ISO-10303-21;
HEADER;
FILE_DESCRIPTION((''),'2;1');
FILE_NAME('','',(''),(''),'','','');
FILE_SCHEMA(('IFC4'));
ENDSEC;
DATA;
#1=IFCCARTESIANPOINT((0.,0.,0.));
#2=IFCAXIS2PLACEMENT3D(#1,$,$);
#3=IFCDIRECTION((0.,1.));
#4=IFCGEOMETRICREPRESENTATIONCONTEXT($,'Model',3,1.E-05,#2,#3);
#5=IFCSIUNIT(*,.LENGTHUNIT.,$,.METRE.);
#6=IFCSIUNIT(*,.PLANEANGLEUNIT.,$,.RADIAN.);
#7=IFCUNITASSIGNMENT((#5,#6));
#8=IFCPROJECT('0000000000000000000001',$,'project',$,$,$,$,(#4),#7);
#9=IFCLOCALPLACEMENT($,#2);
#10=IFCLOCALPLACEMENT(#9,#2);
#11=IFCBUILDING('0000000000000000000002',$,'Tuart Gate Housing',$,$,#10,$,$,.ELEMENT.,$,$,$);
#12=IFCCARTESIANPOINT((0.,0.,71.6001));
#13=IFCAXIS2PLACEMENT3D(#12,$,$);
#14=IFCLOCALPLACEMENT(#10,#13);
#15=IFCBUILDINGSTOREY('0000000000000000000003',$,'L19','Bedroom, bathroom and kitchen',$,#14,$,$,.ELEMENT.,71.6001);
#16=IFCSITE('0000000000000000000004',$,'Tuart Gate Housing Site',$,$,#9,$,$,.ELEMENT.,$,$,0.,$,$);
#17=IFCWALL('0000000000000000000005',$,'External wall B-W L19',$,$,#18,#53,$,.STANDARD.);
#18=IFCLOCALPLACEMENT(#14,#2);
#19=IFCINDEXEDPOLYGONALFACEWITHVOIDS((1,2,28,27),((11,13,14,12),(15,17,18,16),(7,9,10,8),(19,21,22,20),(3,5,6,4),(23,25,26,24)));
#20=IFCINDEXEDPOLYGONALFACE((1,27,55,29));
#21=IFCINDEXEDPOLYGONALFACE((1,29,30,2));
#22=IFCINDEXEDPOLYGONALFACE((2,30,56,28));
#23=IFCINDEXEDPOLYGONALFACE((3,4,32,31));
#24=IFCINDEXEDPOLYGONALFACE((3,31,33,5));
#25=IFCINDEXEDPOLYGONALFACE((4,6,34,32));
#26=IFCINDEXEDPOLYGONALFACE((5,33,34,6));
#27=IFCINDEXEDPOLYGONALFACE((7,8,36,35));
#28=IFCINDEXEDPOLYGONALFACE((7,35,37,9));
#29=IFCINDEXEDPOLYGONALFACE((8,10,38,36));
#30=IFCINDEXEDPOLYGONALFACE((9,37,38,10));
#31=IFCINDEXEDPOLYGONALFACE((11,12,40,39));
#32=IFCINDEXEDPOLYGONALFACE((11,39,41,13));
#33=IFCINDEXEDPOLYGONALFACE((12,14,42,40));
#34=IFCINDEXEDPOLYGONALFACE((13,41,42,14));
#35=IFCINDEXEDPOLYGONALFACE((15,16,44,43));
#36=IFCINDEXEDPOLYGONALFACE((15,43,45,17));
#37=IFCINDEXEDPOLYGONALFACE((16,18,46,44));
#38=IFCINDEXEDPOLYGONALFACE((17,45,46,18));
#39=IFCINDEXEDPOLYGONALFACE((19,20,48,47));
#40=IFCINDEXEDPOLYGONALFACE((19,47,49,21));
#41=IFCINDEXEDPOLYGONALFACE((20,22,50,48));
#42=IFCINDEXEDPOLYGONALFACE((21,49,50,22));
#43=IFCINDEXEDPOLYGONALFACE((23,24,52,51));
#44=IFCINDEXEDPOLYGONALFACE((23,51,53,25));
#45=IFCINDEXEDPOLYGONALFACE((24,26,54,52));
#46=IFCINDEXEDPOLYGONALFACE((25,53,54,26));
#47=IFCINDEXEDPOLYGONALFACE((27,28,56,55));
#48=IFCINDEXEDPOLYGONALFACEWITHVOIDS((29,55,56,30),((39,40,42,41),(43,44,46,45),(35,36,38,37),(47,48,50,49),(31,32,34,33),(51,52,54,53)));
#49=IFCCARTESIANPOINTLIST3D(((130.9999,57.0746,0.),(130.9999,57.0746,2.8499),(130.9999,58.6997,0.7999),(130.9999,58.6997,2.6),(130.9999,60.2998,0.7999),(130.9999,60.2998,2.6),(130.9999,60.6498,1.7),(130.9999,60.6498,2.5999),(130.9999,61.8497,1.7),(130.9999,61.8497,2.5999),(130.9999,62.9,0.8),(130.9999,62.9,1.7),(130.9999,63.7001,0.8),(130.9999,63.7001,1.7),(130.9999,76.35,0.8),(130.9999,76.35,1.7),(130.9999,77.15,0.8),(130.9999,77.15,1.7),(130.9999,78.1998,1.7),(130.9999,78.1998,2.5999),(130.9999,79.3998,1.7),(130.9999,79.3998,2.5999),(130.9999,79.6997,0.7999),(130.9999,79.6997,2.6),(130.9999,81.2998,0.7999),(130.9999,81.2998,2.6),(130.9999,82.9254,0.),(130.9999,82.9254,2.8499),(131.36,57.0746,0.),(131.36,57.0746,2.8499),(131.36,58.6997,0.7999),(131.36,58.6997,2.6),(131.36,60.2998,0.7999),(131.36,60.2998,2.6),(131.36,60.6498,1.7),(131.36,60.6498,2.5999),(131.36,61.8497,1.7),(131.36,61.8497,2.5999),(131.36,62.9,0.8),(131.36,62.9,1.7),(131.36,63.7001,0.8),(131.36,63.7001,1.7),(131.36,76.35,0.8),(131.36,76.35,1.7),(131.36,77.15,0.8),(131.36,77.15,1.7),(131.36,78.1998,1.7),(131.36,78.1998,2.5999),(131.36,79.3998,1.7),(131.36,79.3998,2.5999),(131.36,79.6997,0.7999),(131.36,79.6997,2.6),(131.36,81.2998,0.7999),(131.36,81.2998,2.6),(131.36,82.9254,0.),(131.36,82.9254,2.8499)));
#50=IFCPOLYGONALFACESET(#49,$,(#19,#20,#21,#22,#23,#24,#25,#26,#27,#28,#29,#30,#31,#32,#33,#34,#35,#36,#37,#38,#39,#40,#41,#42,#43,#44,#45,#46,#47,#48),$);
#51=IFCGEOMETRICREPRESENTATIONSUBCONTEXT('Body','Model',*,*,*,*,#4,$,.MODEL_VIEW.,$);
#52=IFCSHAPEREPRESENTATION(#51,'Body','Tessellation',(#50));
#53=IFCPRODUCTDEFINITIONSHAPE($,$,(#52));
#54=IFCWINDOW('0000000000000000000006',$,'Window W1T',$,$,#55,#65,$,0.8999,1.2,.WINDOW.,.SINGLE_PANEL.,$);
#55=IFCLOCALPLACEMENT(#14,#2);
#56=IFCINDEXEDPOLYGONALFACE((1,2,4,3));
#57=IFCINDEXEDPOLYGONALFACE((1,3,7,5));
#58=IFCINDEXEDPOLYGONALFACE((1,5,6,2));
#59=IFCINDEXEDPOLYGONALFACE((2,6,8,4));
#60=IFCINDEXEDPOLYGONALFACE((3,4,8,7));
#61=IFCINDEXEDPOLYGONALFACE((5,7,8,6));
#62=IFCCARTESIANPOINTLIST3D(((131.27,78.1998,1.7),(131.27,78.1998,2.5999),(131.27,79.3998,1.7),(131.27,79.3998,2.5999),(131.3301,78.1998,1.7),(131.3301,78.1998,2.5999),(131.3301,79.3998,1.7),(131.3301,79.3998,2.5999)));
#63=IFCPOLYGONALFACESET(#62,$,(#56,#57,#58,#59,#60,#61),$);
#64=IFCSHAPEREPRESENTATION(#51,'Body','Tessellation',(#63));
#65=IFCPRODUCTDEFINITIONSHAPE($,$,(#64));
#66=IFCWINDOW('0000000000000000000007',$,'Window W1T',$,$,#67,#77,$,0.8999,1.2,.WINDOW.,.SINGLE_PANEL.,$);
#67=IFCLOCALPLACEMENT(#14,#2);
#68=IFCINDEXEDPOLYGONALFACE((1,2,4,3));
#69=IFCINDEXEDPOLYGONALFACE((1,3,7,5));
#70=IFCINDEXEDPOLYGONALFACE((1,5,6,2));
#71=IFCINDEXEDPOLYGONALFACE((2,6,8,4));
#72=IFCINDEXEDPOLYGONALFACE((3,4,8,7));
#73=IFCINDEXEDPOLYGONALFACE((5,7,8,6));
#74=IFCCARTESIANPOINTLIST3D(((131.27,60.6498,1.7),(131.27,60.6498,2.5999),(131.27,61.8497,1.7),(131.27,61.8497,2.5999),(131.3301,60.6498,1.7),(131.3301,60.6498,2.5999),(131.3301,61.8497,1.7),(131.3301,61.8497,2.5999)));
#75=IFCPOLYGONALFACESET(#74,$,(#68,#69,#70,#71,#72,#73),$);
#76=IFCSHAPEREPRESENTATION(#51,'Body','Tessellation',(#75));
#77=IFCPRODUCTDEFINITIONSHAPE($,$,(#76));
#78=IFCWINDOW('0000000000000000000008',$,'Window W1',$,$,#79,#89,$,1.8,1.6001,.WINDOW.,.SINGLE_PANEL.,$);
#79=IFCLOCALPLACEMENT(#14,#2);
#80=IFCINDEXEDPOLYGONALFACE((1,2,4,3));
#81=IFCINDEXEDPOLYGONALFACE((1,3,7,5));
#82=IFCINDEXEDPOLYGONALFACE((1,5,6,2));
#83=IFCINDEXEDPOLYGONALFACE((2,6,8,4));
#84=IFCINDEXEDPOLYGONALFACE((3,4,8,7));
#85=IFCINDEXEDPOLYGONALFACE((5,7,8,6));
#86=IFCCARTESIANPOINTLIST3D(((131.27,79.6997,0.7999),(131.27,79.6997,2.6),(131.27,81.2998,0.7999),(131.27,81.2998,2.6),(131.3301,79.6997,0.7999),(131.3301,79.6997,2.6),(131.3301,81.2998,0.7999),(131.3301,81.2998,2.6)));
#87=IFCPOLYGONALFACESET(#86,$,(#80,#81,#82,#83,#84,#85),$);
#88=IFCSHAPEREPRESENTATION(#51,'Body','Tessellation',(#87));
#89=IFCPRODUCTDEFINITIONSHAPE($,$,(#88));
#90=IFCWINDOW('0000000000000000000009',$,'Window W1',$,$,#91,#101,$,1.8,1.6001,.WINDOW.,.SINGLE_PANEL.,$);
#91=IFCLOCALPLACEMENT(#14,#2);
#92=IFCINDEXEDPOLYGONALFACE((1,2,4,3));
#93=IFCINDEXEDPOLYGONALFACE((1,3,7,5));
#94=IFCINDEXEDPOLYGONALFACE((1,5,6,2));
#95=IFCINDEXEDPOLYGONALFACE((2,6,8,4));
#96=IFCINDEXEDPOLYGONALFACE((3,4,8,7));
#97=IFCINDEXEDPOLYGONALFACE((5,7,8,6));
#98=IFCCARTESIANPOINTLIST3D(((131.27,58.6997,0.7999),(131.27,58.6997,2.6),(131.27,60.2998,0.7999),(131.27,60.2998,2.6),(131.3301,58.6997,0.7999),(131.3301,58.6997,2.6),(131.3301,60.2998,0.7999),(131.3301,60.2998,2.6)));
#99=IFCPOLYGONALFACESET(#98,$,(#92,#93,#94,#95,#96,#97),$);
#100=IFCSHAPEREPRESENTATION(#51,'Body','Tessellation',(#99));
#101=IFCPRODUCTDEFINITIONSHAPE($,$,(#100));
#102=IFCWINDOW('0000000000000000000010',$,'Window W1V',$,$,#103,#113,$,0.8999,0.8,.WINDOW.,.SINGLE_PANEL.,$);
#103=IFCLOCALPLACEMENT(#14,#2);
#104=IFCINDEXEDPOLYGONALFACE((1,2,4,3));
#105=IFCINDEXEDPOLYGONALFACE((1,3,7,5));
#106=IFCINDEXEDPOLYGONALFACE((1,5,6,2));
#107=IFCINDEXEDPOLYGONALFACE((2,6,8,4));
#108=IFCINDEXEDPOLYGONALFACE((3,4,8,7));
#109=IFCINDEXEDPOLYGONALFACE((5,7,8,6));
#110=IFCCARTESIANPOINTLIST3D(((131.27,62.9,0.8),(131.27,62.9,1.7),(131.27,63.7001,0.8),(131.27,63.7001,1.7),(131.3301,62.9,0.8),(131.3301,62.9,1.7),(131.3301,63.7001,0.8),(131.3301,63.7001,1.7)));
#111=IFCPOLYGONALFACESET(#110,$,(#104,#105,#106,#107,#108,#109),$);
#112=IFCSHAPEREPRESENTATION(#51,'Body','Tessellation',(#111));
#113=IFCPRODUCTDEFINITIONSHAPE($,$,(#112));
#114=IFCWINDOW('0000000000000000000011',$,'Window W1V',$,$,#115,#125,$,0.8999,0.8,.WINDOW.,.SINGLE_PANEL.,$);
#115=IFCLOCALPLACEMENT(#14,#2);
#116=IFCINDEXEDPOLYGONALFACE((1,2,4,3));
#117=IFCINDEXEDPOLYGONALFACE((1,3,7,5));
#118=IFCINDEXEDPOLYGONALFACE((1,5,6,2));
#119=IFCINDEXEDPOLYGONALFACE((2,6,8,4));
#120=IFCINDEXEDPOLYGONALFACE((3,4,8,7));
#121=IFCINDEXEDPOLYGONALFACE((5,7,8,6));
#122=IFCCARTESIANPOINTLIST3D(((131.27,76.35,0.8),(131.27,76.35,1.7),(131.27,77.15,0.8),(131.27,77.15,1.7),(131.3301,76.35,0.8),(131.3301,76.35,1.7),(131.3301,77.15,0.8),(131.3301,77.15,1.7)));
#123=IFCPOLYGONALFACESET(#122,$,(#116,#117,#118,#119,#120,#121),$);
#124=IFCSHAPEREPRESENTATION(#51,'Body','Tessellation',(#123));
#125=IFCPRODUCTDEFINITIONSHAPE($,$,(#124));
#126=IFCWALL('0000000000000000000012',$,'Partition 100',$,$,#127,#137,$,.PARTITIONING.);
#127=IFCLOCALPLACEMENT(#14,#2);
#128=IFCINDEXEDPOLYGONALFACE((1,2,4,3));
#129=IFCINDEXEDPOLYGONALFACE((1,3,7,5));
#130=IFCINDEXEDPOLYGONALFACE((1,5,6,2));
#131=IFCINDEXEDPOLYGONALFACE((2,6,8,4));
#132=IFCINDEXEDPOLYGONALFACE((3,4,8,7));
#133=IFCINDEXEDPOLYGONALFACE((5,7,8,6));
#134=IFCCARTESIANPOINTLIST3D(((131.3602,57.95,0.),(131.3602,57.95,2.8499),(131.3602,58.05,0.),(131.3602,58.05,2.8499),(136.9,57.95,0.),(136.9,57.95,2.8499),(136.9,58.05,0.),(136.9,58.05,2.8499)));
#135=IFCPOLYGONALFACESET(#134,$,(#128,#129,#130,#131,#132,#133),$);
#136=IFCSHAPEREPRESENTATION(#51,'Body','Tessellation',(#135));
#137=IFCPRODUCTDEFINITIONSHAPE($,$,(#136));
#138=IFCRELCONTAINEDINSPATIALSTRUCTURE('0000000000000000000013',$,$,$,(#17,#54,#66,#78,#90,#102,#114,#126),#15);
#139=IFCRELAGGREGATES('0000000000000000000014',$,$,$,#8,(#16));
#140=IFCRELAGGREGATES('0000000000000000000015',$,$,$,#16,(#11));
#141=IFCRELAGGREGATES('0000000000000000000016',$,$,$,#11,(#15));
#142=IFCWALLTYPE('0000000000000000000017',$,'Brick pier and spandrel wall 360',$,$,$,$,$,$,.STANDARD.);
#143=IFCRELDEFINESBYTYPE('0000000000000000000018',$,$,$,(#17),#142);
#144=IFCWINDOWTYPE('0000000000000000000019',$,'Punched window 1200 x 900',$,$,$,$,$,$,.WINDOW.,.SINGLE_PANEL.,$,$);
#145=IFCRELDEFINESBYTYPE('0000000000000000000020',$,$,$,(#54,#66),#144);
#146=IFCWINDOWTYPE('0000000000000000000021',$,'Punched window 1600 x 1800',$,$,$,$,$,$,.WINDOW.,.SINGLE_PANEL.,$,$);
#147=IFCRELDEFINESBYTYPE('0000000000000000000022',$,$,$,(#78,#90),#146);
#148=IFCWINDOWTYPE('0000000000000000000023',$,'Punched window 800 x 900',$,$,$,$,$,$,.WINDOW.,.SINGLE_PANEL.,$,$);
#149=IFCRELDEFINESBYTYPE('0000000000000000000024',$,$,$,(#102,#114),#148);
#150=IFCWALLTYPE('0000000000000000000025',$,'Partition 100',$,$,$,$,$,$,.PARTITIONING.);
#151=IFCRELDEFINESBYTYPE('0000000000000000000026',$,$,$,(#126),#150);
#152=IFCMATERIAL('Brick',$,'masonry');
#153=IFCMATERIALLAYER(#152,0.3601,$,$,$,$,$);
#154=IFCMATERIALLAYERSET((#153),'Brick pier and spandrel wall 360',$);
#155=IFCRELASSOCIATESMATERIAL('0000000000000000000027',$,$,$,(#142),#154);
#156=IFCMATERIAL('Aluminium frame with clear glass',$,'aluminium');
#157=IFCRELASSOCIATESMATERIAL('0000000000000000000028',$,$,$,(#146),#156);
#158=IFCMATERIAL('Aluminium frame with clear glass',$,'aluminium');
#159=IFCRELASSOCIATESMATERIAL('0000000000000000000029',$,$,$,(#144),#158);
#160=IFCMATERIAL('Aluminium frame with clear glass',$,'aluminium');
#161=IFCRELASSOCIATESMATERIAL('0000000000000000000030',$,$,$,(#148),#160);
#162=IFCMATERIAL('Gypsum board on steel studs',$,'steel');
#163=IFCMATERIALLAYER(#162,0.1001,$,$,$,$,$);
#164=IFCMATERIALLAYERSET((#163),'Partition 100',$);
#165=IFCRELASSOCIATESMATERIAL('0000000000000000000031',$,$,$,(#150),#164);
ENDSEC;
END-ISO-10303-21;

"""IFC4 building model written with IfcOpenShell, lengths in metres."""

from ifc_helpers import new_model, si_unit, direction, frame, frame_2d, origin, place, context, subcontext, project, spatial, rectangle, extrude, material, layer, layer_set, type_object, element, fill, save


model = new_model("IFC4")

# Units and contexts
model_context = context("Model", 3, precision=1e-05, world=origin(), true_north=direction((0.0, 1.0)))
body_context = subcontext(model_context, "Body", "Model", "MODEL_VIEW")
ifc_project = project(units=[si_unit("LENGTHUNIT", "METRE"), si_unit("PLANEANGLEUNIT", "RADIAN")], contexts=[model_context])

# Site, building, storey
site_placement = place(None, origin())
site = spatial("IfcSite", under=ifc_project, at=site_placement, Name="Tuart Gate Housing Site", CompositionType="ELEMENT", RefElevation=0.0)
building_placement = place(site_placement, origin())
building = spatial("IfcBuilding", under=site, at=building_placement, Name="Tuart Gate Housing", CompositionType="ELEMENT")
storey_placement = place(building_placement, frame((0.0, 0.0, 71.6001)))
storey = spatial("IfcBuildingStorey", under=building, at=storey_placement, Name="L19", Description="Bedroom, bathroom and kitchen", CompositionType="ELEMENT", Elevation=71.6001)

# Shared definitions
ifc_material_1 = material(Name="Brick", Category="masonry")
ifc_layer_1 = layer(ifc_material_1, 0.3601)
ifc_layer_set_1 = layer_set([ifc_layer_1], Name="Brick pier and spandrel wall 360")
wall_type_1 = type_object("IfcWallType", Name="Brick pier and spandrel wall 360", PredefinedType="STANDARD", material=ifc_layer_set_1)
ifc_material_2 = material(Name="Aluminium frame with clear glass", Category="aluminium")
window_type_1 = type_object("IfcWindowType", Name="Punched window 1600 x 1800", PartitioningType="SINGLE_PANEL", PredefinedType="WINDOW", material=ifc_material_2)

# Wall, openings, windows
wall_1_placement = place(storey_placement, frame((131.1799, 82.9253, 0.0), z_axis=(0.0, 0.0, 1.0), x_axis=(0.0, -1.0, 0.0)))
wall_1 = element("IfcWall", 1, at=wall_1_placement, inside=storey, type_object=wall_type_1, Name="External wall B-W L19", PredefinedType="STANDARD", context=body_context, shape_type="SweptSolid", body=[
    extrude(rectangle(XDim=25.8508, YDim=0.3601, at=frame_2d((12.9253, 0.0))), origin(), (0.0, 0.0, 1.0), 2.8499),
])
opening_1_placement = place(wall_1_placement, frame((1.6255, 0.0, 0.8)))
opening_1 = element("IfcOpeningElement", 2, at=opening_1_placement, cuts=wall_1, PredefinedType="OPENING", context=body_context, shape_type="SweptSolid", body=[
    extrude(rectangle(XDim=1.6001, YDim=1.8, at=frame_2d((0.8, 0.8999))), frame((0.0, 0.1899, 0.0), z_axis=(0.0, -1.0, 0.0), x_axis=(1.0, 0.0, 0.0)), (0.0, 0.0, 1.0), 0.3801),
])
opening_2_placement = place(wall_1_placement, frame((3.5254, 0.0, 1.7)))
opening_2 = element("IfcOpeningElement", 3, at=opening_2_placement, cuts=wall_1, PredefinedType="OPENING", context=body_context, shape_type="SweptSolid", body=[
    extrude(rectangle(XDim=1.2, YDim=0.8999, at=frame_2d((0.6001, 0.45))), frame((0.0, 0.1899, 0.0), z_axis=(0.0, -1.0, 0.0), x_axis=(1.0, 0.0, 0.0)), (0.0, 0.0, 1.0), 0.3801),
])
opening_3_placement = place(wall_1_placement, frame((19.2253, 0.0, 0.8)))
opening_3 = element("IfcOpeningElement", 4, at=opening_3_placement, cuts=wall_1, PredefinedType="OPENING", context=body_context, shape_type="SweptSolid", body=[
    extrude(rectangle(XDim=0.8, YDim=0.8999, at=frame_2d((0.3999, 0.45))), frame((0.0, 0.1899, 0.0), z_axis=(0.0, -1.0, 0.0), x_axis=(1.0, 0.0, 0.0)), (0.0, 0.0, 1.0), 0.3801),
])
opening_4_placement = place(wall_1_placement, frame((22.6255, 0.0, 0.8)))
opening_4 = element("IfcOpeningElement", 5, at=opening_4_placement, cuts=wall_1, PredefinedType="OPENING", context=body_context, shape_type="SweptSolid", body=[
    extrude(rectangle(XDim=1.6001, YDim=1.8, at=frame_2d((0.8, 0.8999))), frame((0.0, 0.1899, 0.0), z_axis=(0.0, -1.0, 0.0), x_axis=(1.0, 0.0, 0.0)), (0.0, 0.0, 1.0), 0.3801),
])
opening_5_placement = place(wall_1_placement, frame((5.7754, 0.0, 0.8)))
opening_5 = element("IfcOpeningElement", 6, at=opening_5_placement, cuts=wall_1, PredefinedType="OPENING", context=body_context, shape_type="SweptSolid", body=[
    extrude(rectangle(XDim=0.8, YDim=0.8999, at=frame_2d((0.3999, 0.45))), frame((0.0, 0.1899, 0.0), z_axis=(0.0, -1.0, 0.0), x_axis=(1.0, 0.0, 0.0)), (0.0, 0.0, 1.0), 0.3801),
])
opening_6_placement = place(wall_1_placement, frame((21.0754, 0.0, 1.7)))
opening_6 = element("IfcOpeningElement", 7, at=opening_6_placement, cuts=wall_1, PredefinedType="OPENING", context=body_context, shape_type="SweptSolid", body=[
    extrude(rectangle(XDim=1.2, YDim=0.8999, at=frame_2d((0.6001, 0.45))), frame((0.0, 0.1899, 0.0), z_axis=(0.0, -1.0, 0.0), x_axis=(1.0, 0.0, 0.0)), (0.0, 0.0, 1.0), 0.3801),
])
ifc_material_3 = material(Name="Aluminium frame with clear glass", Category="aluminium")
window_type_2 = type_object("IfcWindowType", Name="Punched window 1200 x 900", PartitioningType="SINGLE_PANEL", PredefinedType="WINDOW", material=ifc_material_3)
window_1_placement = place(opening_2_placement, origin())
window_1 = element("IfcWindow", 8, at=window_1_placement, inside=storey, type_object=window_type_2, Name="Window W1T", OverallHeight=0.8999, OverallWidth=1.2, PartitioningType="SINGLE_PANEL", PredefinedType="WINDOW", context=body_context, shape_type="SweptSolid", body=[
    extrude(rectangle(XDim=1.2, YDim=0.8999, at=frame_2d((0.6001, 0.45))), frame((0.0, 0.1501, 0.0), z_axis=(0.0, -1.0, 0.0), x_axis=(1.0, 0.0, 0.0)), (0.0, 0.0, 1.0), 0.0601),
])
fill(opening_2, window_1)
window_2_placement = place(opening_6_placement, origin())
window_2 = element("IfcWindow", 9, at=window_2_placement, inside=storey, type_object=window_type_2, Name="Window W1T", OverallHeight=0.8999, OverallWidth=1.2, PartitioningType="SINGLE_PANEL", PredefinedType="WINDOW", context=body_context, shape_type="SweptSolid", body=[
    extrude(rectangle(XDim=1.2, YDim=0.8999, at=frame_2d((0.6001, 0.45))), frame((0.0, 0.1501, 0.0), z_axis=(0.0, -1.0, 0.0), x_axis=(1.0, 0.0, 0.0)), (0.0, 0.0, 1.0), 0.0601),
])
fill(opening_6, window_2)
window_3_placement = place(opening_1_placement, origin())
window_3 = element("IfcWindow", 10, at=window_3_placement, inside=storey, type_object=window_type_1, Name="Window W1", OverallHeight=1.8, OverallWidth=1.6001, PartitioningType="SINGLE_PANEL", PredefinedType="WINDOW", context=body_context, shape_type="SweptSolid", body=[
    extrude(rectangle(XDim=1.6001, YDim=1.8, at=frame_2d((0.8, 0.8999))), frame((0.0, 0.1501, 0.0), z_axis=(0.0, -1.0, 0.0), x_axis=(1.0, 0.0, 0.0)), (0.0, 0.0, 1.0), 0.0601),
])
fill(opening_1, window_3)
window_4_placement = place(opening_4_placement, origin())
window_4 = element("IfcWindow", 11, at=window_4_placement, inside=storey, type_object=window_type_1, Name="Window W1", OverallHeight=1.8, OverallWidth=1.6001, PartitioningType="SINGLE_PANEL", PredefinedType="WINDOW", context=body_context, shape_type="SweptSolid", body=[
    extrude(rectangle(XDim=1.6001, YDim=1.8, at=frame_2d((0.8, 0.8999))), frame((0.0, 0.1501, 0.0), z_axis=(0.0, -1.0, 0.0), x_axis=(1.0, 0.0, 0.0)), (0.0, 0.0, 1.0), 0.0601),
])
fill(opening_4, window_4)
ifc_material_4 = material(Name="Aluminium frame with clear glass", Category="aluminium")
window_type_3 = type_object("IfcWindowType", Name="Punched window 800 x 900", PartitioningType="SINGLE_PANEL", PredefinedType="WINDOW", material=ifc_material_4)
window_5_placement = place(opening_3_placement, origin())
window_5 = element("IfcWindow", 12, at=window_5_placement, inside=storey, type_object=window_type_3, Name="Window W1V", OverallHeight=0.8999, OverallWidth=0.8, PartitioningType="SINGLE_PANEL", PredefinedType="WINDOW", context=body_context, shape_type="SweptSolid", body=[
    extrude(rectangle(XDim=0.8, YDim=0.8999, at=frame_2d((0.3999, 0.45))), frame((0.0, 0.1501, 0.0), z_axis=(0.0, -1.0, 0.0), x_axis=(1.0, 0.0, 0.0)), (0.0, 0.0, 1.0), 0.0601),
])
fill(opening_3, window_5)
window_6_placement = place(opening_5_placement, origin())
window_6 = element("IfcWindow", 13, at=window_6_placement, inside=storey, type_object=window_type_3, Name="Window W1V", OverallHeight=0.8999, OverallWidth=0.8, PartitioningType="SINGLE_PANEL", PredefinedType="WINDOW", context=body_context, shape_type="SweptSolid", body=[
    extrude(rectangle(XDim=0.8, YDim=0.8999, at=frame_2d((0.3999, 0.45))), frame((0.0, 0.1501, 0.0), z_axis=(0.0, -1.0, 0.0), x_axis=(1.0, 0.0, 0.0)), (0.0, 0.0, 1.0), 0.0601),
])
fill(opening_5, window_6)

# Wall
ifc_material_5 = material(Name="Gypsum board on steel studs", Category="steel")
ifc_layer_2 = layer(ifc_material_5, 0.1001)
ifc_layer_set_2 = layer_set([ifc_layer_2], Name="Partition 100")
wall_type_2 = type_object("IfcWallType", Name="Partition 100", PredefinedType="PARTITIONING", material=ifc_layer_set_2)
wall_2_placement = place(storey_placement, frame((131.3601, 58.0, 0.0), z_axis=(0.0, 0.0, 1.0), x_axis=(1.0, 0.0, 0.0)))
element("IfcWall", 14, at=wall_2_placement, inside=storey, type_object=wall_type_2, Name="Partition 100", PredefinedType="PARTITIONING", context=body_context, shape_type="SweptSolid", body=[
    extrude(rectangle(XDim=5.5398, YDim=0.1001, at=frame_2d((2.77, 0.0))), origin(), (0.0, 0.0, 1.0), 2.8499),
])

save(model, "model.ifc")
